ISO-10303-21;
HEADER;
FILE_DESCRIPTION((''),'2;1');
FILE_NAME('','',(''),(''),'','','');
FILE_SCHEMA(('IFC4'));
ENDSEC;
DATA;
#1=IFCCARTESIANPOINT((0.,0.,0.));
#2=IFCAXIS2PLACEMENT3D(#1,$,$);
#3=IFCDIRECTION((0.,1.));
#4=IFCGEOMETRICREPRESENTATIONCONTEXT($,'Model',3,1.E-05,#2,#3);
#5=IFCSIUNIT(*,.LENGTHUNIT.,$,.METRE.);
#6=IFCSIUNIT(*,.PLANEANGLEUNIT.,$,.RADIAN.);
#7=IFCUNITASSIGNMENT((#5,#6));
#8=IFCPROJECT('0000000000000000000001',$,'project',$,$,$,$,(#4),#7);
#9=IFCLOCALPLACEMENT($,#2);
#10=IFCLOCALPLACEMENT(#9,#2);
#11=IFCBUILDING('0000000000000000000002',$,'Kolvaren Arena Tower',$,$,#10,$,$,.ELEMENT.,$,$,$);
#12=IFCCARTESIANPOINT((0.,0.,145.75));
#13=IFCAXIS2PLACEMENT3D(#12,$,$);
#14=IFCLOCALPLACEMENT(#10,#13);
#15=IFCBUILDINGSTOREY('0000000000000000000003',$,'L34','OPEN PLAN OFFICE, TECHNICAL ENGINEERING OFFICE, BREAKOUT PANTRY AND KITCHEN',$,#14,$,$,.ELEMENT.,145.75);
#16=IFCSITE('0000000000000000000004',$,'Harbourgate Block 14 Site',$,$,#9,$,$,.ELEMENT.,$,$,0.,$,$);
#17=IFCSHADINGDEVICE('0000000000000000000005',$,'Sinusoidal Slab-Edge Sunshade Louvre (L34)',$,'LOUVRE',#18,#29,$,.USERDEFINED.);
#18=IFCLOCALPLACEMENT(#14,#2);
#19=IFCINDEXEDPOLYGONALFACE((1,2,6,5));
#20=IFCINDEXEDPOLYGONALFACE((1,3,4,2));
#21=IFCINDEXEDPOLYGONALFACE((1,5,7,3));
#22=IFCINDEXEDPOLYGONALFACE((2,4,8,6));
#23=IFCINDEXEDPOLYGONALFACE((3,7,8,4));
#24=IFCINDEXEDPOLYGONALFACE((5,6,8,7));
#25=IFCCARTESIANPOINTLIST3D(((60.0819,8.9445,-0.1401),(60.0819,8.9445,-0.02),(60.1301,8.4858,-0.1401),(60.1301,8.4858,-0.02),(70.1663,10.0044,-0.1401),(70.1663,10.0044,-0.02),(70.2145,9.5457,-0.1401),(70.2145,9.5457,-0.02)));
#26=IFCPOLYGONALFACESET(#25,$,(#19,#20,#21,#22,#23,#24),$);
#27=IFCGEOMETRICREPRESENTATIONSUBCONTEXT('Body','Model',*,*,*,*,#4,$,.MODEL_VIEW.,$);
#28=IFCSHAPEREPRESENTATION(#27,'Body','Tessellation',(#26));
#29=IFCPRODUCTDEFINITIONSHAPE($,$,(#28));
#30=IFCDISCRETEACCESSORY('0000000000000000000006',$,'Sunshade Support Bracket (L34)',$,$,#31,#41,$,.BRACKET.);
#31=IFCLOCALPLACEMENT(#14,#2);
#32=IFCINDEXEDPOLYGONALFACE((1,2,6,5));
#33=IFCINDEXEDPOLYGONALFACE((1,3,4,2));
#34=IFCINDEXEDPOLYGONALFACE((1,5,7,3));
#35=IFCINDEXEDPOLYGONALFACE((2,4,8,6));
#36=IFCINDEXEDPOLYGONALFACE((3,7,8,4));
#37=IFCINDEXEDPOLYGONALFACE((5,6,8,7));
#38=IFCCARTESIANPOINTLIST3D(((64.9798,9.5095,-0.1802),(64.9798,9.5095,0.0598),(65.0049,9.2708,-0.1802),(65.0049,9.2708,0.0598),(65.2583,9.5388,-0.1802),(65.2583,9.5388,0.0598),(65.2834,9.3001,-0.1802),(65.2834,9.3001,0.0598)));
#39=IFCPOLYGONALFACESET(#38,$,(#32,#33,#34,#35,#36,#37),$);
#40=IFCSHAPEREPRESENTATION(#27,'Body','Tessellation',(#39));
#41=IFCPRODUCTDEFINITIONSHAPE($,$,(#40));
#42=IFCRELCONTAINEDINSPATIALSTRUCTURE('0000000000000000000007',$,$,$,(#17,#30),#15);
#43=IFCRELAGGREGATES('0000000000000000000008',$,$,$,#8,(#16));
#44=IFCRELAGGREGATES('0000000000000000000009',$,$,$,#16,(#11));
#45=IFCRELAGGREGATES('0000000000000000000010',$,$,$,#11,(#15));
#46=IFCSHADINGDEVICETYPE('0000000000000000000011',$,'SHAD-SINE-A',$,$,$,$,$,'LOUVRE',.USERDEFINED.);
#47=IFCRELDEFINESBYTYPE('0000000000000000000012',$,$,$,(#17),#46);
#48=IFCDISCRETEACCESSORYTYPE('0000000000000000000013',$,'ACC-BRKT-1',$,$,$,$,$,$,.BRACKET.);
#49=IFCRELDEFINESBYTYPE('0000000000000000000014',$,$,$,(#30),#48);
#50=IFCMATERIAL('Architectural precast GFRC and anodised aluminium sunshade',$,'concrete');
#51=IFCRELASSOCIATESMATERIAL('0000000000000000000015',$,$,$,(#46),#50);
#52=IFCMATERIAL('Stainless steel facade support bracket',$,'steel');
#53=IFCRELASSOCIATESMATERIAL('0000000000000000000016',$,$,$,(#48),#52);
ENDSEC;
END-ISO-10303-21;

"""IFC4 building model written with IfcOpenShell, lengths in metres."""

from ifc_helpers import new_model, si_unit, direction, frame, origin, origin_2d, place, context, subcontext, project, spatial, rectangle, extrude, material, type_object, element, save


model = new_model("IFC4")

# Units and contexts
model_context = context("Model", 3, precision=1e-05, world=origin(), true_north=direction((0.0, 1.0)))
body_context = subcontext(model_context, "Body", "Model", "MODEL_VIEW")
ifc_project = project(units=[si_unit("LENGTHUNIT", "METRE"), si_unit("PLANEANGLEUNIT", "RADIAN")], contexts=[model_context])

# Site, building, storey
site_placement = place(None, origin())
site = spatial("IfcSite", under=ifc_project, at=site_placement, Name="Harbourgate Block 14 Site", CompositionType="ELEMENT", RefElevation=0.0)
building_placement = place(site_placement, origin())
building = spatial("IfcBuilding", under=site, at=building_placement, Name="Kolvaren Arena Tower", CompositionType="ELEMENT")
storey_placement = place(building_placement, frame((0.0, 0.0, 145.75)))
storey = spatial("IfcBuildingStorey", under=building, at=storey_placement, Name="L34", Description="OPEN PLAN OFFICE, TECHNICAL ENGINEERING OFFICE, BREAKOUT PANTRY AND KITCHEN", CompositionType="ELEMENT", Elevation=145.75)

# Shading device
ifc_material_1 = material(Name="Architectural precast GFRC and anodised aluminium sunshade", Category="concrete")
shading_device_type = type_object("IfcShadingDeviceType", Name="SHAD-SINE-A", ElementType="LOUVRE", PredefinedType="USERDEFINED", material=ifc_material_1)
shading_device_placement = place(storey_placement, frame((65.1482, 9.2451, -0.1401), z_axis=(0.0, 0.0, 1.0), x_axis=(-0.994522, -0.104527, 0.0)))
element("IfcShadingDevice", 1, at=shading_device_placement, inside=storey, type_object=shading_device_type, Name="Sinusoidal Slab-Edge Sunshade Louvre (L34)", ObjectType="LOUVRE", PredefinedType="USERDEFINED", context=body_context, shape_type="SweptSolid", body=[
    extrude(rectangle(XDim=10.1399, YDim=0.4612, at=origin_2d()), origin(), (0.0, 0.0, 1.0), 0.1201),
])

# Discrete accessory
ifc_material_2 = material(Name="Stainless steel facade support bracket", Category="steel")
discrete_accessory_type = type_object("IfcDiscreteAccessoryType", Name="ACC-BRKT-1", PredefinedType="BRACKET", material=ifc_material_2)
discrete_accessory_placement = place(storey_placement, frame((65.1316, 9.4048, -0.1802), z_axis=(0.0, 0.0, 1.0), x_axis=(-0.994522, -0.104527, 0.0)))
element("IfcDiscreteAccessory", 2, at=discrete_accessory_placement, inside=storey, type_object=discrete_accessory_type, Name="Sunshade Support Bracket (L34)", PredefinedType="BRACKET", context=body_context, shape_type="SweptSolid", body=[
    extrude(rectangle(XDim=0.28, YDim=0.24, at=origin_2d()), origin(), (0.0, 0.0, 1.0), 0.24),
])

save(model, "model.ifc")
